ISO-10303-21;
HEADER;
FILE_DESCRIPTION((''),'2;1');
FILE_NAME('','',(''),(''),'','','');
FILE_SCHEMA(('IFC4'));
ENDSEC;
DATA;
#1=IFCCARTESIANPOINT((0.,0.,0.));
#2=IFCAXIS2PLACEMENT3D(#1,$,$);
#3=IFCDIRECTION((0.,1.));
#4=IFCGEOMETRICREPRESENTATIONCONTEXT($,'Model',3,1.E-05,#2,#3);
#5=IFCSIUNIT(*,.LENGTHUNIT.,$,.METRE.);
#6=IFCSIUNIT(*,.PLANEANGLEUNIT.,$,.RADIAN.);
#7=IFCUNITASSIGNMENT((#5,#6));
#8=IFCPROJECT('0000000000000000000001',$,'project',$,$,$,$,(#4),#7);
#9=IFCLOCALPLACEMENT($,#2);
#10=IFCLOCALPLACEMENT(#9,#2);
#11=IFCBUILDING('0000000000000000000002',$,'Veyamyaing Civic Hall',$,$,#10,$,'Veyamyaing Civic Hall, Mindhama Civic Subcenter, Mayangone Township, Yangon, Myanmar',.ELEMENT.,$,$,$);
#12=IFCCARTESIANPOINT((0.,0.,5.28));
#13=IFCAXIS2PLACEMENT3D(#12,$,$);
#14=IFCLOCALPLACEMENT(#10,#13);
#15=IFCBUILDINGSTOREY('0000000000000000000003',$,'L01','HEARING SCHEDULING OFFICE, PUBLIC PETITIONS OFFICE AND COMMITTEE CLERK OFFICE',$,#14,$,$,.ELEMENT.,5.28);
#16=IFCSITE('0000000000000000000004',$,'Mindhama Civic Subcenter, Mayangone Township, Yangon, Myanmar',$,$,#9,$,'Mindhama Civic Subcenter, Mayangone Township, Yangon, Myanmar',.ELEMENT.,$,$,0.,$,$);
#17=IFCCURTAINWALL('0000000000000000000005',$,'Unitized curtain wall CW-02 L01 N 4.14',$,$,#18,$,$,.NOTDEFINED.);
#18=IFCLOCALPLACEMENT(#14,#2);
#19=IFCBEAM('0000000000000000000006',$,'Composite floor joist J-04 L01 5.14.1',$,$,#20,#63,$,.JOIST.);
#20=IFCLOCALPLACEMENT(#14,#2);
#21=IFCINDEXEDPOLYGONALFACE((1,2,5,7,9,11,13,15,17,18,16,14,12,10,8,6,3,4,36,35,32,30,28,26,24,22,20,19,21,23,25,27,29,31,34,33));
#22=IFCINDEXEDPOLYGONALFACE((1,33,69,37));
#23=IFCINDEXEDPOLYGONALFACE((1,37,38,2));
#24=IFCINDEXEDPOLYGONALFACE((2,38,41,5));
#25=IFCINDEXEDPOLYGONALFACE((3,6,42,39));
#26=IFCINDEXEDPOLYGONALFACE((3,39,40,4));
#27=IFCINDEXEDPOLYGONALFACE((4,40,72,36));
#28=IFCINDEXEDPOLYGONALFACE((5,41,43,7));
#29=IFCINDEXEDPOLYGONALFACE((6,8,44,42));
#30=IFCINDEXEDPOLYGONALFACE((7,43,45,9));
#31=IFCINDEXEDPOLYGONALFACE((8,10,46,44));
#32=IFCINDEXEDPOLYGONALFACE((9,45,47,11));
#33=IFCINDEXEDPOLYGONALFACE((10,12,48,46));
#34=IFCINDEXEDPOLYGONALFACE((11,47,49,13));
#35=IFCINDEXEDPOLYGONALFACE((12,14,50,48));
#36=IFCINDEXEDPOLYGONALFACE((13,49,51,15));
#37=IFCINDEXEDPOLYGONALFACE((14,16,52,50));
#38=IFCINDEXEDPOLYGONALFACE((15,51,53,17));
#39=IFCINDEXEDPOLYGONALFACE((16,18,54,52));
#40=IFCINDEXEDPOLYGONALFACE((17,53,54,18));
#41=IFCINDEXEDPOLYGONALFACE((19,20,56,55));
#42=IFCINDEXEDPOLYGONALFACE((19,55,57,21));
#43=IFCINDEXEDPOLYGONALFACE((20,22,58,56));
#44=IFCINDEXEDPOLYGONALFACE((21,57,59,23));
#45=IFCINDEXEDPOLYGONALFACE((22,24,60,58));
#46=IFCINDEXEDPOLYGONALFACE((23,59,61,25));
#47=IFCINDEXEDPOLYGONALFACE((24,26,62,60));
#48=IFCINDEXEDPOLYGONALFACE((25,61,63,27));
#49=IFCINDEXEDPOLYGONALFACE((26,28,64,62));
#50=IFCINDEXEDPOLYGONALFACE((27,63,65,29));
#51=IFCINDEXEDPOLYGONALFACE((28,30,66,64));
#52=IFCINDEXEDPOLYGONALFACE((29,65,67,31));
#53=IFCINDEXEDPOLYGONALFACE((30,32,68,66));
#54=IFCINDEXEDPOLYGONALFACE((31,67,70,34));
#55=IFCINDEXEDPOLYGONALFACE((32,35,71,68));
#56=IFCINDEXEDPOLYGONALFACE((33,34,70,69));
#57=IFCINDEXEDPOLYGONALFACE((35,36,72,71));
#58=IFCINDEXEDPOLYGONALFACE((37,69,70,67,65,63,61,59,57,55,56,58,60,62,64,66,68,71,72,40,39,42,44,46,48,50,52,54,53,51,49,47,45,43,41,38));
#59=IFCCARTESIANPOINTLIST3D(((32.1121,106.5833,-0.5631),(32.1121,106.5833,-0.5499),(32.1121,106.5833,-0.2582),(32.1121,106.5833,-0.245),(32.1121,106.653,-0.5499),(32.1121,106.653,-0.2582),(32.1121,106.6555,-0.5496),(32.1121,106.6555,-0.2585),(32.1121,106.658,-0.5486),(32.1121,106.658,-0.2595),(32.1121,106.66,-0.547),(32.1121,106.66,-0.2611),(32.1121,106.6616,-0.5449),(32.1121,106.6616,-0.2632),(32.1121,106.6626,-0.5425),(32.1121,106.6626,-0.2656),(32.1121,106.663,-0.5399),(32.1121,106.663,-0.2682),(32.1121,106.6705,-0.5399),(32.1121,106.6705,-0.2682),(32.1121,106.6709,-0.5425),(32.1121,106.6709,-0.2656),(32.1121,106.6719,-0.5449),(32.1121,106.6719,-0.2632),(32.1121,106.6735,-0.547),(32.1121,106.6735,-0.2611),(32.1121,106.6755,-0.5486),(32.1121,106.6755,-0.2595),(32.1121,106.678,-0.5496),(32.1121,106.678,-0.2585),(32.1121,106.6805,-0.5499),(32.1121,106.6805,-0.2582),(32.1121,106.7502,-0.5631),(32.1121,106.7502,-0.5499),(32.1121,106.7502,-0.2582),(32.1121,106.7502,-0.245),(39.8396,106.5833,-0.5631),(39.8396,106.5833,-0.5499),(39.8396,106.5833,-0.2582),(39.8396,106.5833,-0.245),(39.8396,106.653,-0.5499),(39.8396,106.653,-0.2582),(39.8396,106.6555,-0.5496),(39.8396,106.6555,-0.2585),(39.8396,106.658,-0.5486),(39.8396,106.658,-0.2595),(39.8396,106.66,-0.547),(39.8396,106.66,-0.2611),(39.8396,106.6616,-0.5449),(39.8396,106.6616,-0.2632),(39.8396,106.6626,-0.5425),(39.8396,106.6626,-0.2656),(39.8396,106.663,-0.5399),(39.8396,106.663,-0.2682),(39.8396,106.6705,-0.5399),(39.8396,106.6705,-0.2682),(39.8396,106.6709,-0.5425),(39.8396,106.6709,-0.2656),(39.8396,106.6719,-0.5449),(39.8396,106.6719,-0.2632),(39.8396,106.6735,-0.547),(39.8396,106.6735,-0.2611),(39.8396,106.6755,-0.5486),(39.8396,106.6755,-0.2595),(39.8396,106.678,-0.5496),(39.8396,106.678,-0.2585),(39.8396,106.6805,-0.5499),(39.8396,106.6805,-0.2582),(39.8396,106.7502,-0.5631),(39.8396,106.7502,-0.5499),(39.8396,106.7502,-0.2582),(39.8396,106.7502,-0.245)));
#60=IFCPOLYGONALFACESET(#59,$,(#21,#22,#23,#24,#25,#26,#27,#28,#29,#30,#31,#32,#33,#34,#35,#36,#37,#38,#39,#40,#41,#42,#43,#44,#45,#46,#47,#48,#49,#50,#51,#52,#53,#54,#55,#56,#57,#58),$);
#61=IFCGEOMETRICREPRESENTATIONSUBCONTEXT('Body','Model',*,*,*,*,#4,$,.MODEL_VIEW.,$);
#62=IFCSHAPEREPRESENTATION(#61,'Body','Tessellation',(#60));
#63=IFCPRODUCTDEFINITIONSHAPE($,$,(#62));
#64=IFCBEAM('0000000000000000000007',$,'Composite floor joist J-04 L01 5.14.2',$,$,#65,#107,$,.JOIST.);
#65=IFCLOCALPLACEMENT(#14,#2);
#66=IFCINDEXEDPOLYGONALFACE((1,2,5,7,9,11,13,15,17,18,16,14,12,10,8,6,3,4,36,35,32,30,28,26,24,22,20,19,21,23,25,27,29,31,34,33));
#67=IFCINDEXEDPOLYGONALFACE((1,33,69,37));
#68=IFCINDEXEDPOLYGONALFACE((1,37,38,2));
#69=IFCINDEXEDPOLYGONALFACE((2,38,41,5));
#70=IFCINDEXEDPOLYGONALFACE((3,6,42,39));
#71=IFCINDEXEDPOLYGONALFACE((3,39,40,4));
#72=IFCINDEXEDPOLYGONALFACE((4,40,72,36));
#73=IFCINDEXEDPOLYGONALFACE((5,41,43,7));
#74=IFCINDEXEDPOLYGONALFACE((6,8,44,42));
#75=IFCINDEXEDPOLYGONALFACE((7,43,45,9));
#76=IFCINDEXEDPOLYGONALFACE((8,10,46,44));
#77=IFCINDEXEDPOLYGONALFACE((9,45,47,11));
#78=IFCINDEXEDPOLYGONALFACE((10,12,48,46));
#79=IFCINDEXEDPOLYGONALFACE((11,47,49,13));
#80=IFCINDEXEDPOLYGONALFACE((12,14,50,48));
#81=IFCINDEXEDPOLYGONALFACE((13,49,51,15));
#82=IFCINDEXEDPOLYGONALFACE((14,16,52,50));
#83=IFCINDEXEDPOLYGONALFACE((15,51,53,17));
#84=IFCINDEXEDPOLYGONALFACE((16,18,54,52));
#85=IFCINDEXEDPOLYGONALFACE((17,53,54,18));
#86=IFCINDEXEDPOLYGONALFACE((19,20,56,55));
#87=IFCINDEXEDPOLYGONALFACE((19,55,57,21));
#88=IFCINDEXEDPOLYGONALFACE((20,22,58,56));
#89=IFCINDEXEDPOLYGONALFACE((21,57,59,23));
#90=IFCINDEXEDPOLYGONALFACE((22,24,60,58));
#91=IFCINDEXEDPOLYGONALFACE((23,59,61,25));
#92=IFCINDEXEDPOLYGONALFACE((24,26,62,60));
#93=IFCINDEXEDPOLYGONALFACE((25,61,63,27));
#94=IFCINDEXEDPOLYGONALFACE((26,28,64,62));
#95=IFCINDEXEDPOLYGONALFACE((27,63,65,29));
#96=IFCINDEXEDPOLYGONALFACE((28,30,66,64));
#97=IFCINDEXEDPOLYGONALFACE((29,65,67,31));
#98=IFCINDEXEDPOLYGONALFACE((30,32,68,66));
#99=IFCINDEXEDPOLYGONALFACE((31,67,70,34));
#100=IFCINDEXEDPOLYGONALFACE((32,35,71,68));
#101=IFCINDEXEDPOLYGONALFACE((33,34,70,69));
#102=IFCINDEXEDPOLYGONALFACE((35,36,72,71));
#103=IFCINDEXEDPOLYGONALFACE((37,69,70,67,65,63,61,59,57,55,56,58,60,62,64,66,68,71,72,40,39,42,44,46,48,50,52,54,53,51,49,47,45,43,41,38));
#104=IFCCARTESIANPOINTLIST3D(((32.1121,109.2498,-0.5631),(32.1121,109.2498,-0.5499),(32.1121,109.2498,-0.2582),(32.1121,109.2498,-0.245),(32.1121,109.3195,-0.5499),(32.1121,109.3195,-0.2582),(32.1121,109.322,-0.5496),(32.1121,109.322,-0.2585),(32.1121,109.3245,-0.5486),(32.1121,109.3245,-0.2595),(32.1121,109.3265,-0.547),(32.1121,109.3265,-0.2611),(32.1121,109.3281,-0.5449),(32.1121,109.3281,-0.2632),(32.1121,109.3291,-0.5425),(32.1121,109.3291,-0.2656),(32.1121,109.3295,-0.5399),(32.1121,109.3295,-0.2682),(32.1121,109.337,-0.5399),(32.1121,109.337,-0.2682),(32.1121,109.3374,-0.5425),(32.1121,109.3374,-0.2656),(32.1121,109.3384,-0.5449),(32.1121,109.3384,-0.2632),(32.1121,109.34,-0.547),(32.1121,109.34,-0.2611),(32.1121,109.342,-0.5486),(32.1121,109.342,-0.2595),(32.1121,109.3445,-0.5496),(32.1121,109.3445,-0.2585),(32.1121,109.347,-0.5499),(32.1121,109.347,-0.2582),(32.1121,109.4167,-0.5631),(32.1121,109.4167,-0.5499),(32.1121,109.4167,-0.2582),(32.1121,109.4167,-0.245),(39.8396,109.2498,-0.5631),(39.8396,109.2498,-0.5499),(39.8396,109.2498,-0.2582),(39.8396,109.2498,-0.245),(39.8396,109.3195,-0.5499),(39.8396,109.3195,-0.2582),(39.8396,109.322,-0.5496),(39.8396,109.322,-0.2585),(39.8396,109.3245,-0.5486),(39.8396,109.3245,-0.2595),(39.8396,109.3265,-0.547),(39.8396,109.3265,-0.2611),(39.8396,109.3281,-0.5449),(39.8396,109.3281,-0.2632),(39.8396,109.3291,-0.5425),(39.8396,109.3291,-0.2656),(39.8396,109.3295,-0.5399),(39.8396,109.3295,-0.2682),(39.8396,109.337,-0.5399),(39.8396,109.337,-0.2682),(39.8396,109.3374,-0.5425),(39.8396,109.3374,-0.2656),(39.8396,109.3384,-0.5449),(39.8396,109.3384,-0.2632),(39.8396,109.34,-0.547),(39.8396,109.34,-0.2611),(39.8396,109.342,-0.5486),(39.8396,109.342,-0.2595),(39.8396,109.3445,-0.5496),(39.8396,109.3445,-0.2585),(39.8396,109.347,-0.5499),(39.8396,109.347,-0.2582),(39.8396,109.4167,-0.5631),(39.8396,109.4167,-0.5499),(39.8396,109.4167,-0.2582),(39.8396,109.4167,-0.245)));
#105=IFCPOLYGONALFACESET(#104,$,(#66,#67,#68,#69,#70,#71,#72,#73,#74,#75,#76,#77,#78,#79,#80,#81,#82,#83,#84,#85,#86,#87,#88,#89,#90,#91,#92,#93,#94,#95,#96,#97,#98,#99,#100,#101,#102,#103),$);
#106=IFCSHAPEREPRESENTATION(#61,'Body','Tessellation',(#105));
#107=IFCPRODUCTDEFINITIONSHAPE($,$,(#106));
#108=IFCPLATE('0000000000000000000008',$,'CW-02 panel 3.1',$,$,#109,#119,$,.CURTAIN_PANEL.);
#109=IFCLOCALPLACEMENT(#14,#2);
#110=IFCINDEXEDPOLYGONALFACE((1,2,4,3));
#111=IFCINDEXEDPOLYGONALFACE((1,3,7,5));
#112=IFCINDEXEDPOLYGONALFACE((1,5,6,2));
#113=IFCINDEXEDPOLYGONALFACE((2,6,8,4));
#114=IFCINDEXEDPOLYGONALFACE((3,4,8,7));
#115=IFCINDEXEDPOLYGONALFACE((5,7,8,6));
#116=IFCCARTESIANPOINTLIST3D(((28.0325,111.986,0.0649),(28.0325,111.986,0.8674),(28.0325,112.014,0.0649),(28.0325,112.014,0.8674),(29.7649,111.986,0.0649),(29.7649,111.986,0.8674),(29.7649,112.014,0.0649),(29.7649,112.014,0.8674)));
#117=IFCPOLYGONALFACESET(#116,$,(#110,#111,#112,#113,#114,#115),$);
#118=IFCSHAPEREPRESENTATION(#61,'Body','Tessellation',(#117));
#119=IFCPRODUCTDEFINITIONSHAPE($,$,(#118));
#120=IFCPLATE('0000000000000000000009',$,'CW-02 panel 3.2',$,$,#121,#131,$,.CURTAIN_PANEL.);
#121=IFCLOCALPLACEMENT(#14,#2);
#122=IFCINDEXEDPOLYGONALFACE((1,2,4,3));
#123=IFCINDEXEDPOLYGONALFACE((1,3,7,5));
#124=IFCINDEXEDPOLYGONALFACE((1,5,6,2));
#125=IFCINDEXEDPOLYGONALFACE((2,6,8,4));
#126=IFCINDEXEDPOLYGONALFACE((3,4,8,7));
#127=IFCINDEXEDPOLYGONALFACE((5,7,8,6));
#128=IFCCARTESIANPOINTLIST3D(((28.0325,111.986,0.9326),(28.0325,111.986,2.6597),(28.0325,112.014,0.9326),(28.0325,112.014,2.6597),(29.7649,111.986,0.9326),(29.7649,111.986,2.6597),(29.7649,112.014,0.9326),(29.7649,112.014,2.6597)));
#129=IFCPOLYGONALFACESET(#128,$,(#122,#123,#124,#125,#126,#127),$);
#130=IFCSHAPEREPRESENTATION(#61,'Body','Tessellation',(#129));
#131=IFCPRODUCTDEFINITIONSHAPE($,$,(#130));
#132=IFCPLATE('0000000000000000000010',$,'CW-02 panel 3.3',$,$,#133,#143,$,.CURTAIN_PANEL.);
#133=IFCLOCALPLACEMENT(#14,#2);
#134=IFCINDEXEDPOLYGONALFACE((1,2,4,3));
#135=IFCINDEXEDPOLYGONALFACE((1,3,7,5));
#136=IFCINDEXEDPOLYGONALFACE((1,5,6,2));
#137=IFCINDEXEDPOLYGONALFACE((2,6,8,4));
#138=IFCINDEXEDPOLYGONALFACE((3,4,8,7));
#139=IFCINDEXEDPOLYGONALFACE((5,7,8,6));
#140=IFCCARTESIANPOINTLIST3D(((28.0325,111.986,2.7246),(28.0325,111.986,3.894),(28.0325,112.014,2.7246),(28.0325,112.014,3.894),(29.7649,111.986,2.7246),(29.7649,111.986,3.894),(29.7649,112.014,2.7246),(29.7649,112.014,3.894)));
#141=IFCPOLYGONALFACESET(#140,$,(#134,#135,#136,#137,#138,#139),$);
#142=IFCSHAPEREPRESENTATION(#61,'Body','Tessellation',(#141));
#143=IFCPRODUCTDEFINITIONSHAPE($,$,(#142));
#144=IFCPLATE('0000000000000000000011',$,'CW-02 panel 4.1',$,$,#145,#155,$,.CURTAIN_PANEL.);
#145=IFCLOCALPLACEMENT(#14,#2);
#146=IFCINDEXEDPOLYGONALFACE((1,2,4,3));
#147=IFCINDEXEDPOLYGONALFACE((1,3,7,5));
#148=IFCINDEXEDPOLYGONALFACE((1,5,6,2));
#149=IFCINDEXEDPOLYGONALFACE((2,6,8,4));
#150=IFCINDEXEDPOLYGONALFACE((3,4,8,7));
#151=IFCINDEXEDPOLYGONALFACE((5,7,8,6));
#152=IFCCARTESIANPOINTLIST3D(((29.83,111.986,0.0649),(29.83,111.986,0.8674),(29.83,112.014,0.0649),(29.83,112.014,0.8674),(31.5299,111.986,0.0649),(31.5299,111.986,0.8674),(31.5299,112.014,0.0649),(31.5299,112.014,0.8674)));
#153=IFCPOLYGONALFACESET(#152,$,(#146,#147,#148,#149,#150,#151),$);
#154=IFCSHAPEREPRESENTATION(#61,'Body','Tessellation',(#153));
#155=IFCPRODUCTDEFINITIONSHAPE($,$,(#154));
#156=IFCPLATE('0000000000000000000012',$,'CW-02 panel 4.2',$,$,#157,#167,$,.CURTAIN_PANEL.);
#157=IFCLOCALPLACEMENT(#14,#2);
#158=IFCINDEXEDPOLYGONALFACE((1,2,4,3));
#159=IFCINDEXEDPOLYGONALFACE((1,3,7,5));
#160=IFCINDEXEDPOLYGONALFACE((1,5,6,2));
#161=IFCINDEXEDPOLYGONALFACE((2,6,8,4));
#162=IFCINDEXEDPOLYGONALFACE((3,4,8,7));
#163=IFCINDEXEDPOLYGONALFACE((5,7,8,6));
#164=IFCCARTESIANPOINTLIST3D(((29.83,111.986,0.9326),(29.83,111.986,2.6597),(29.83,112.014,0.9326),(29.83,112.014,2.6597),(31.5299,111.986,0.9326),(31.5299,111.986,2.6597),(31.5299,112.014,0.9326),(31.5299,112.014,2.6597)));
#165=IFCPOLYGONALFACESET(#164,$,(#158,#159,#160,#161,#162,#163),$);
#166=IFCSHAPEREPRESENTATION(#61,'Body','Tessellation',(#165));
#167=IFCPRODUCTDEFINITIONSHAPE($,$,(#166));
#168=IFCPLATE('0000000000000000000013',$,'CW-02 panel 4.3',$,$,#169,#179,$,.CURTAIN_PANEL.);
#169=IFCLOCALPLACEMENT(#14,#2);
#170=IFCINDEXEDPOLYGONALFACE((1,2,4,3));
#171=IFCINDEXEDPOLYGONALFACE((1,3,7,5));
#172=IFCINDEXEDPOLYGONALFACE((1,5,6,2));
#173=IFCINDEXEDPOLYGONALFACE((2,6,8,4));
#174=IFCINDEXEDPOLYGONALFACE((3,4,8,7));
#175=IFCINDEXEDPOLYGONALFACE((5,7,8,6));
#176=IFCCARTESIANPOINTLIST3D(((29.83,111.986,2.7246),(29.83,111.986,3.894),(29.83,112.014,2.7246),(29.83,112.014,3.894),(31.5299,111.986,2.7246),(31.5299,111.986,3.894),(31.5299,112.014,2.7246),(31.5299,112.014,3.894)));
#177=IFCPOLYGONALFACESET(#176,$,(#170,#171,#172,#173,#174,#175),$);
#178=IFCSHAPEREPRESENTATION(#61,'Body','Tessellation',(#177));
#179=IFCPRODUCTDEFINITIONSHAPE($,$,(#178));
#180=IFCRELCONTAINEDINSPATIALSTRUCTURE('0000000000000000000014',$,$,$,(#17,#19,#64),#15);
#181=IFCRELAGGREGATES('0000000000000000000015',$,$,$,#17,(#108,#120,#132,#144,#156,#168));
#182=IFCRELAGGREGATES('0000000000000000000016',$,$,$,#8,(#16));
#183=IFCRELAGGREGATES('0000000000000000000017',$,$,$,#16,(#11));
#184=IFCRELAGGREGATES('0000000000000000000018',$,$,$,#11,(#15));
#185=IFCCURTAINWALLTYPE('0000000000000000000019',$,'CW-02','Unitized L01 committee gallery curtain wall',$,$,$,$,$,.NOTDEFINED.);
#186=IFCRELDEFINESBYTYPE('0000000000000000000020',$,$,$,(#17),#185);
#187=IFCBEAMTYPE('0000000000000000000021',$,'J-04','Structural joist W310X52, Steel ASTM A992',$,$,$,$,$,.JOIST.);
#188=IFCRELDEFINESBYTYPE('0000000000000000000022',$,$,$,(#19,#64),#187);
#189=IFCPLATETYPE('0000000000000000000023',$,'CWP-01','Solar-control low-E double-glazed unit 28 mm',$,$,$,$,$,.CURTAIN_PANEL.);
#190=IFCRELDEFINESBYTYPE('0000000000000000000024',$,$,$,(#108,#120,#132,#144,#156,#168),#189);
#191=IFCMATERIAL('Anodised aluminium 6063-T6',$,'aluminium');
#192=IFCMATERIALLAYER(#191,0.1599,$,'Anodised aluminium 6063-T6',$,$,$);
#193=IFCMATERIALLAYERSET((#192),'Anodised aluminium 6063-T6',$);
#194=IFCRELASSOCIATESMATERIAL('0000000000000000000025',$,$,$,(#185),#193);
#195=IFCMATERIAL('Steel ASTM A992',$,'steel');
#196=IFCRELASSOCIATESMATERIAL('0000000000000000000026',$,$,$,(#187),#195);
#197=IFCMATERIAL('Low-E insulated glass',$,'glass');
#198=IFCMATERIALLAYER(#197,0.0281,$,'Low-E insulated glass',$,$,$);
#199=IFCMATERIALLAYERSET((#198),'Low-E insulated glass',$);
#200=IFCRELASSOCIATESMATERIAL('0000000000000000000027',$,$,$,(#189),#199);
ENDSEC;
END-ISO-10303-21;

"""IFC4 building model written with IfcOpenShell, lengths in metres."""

from ifc_helpers import new_model, si_unit, direction, frame, origin, origin_2d, place, context, subcontext, project, spatial, rectangle, i_section, extrude, material, layer, layer_set, material_profile, profile_set, type_object, element, aggregate, save


model = new_model("IFC4")

# Units and contexts
model_context = context("Model", 3, precision=1e-05, world=origin(), true_north=direction((0.0, 1.0)))
body_context = subcontext(model_context, "Body", "Model", "MODEL_VIEW")
ifc_project = project(units=[si_unit("LENGTHUNIT", "METRE"), si_unit("PLANEANGLEUNIT", "RADIAN")], contexts=[model_context])

# Site, building, storey
site_placement = place(None, origin())
site = spatial("IfcSite", under=ifc_project, at=site_placement, Name="Mindhama Civic Subcenter, Mayangone Township, Yangon, Myanmar", LongName="Mindhama Civic Subcenter, Mayangone Township, Yangon, Myanmar", CompositionType="ELEMENT", RefElevation=0.0)
building_placement = place(site_placement, origin())
building = spatial("IfcBuilding", under=site, at=building_placement, Name="Veyamyaing Civic Hall", LongName="Veyamyaing Civic Hall, Mindhama Civic Subcenter, Mayangone Township, Yangon, Myanmar", CompositionType="ELEMENT")
storey_placement = place(building_placement, frame((0.0, 0.0, 5.28)))
storey = spatial("IfcBuildingStorey", under=building, at=storey_placement, Name="L01", Description="HEARING SCHEDULING OFFICE, PUBLIC PETITIONS OFFICE AND COMMITTEE CLERK OFFICE", CompositionType="ELEMENT", Elevation=5.28)

# Shared definitions
ifc_material_1 = material(Name="Steel ASTM A992", Category="steel")

# Curtain wall
ifc_material_2 = material(Name="Anodised aluminium 6063-T6", Category="aluminium")
ifc_layer_1 = layer(ifc_material_2, 0.1599, Name="Anodised aluminium 6063-T6")
ifc_layer_set_1 = layer_set([ifc_layer_1], Name="Anodised aluminium 6063-T6")
curtain_wall_type = type_object("IfcCurtainWallType", Name="CW-02", Description="Unitized L01 committee gallery curtain wall", PredefinedType="NOTDEFINED", material=ifc_layer_set_1)
curtain_wall_placement = place(storey_placement, origin())
curtain_wall = element("IfcCurtainWall", 1, at=curtain_wall_placement, inside=storey, type_object=curtain_wall_type, Name="Unitized curtain wall CW-02 L01 N 4.14", PredefinedType="NOTDEFINED")

# Beams
ifc_material_profile_1 = material_profile(ifc_material_1, i_section(OverallWidth=0.167, OverallDepth=0.3181, WebThickness=0.0076, FlangeThickness=0.0132, FilletRadius=0.01, at=origin_2d()), Name="W310X52")
ifc_profile_set_1 = profile_set([ifc_material_profile_1], Name="Steel ASTM A992")
beam_type_1 = type_object("IfcBeamType", Name="J-04", Description="Structural joist W310X52, Steel ASTM A992", PredefinedType="JOIST", material=ifc_profile_set_1)
for number, where, z_axis, x_axis, name in (
    (2, (32.1121, 106.6667, -0.4041), (1.0, 0.0, 0.0), (0.0, 1.0, 0.0), "Composite floor joist J-04 L01 5.14.1"),
    (3, (32.1121, 109.3333, -0.4041), (1.0, 0.0, 0.0), (0.0, 1.0, 0.0), "Composite floor joist J-04 L01 5.14.2"),
):
    element("IfcBeam", number, at=place(storey_placement, frame(where, z_axis=z_axis, x_axis=x_axis)), inside=storey, type_object=beam_type_1, Name=name, PredefinedType="JOIST", context=body_context, shape_type="SweptSolid", body=[
        extrude(i_section(OverallWidth=0.167, OverallDepth=0.3181, WebThickness=0.0076, FlangeThickness=0.0132, FilletRadius=0.01, at=origin_2d()), origin(), (0.0, 0.0, 1.0), 7.7275),
    ])

# Plates
ifc_material_3 = material(Name="Low-E insulated glass", Category="glass")
ifc_layer_2 = layer(ifc_material_3, 0.0281, Name="Low-E insulated glass")
ifc_layer_set_2 = layer_set([ifc_layer_2], Name="Low-E insulated glass")
plate_type = type_object("IfcPlateType", Name="CWP-01", Description="Solar-control low-E double-glazed unit 28 mm", PredefinedType="CURTAIN_PANEL", material=ifc_layer_set_2)
plate_1_placement = place(storey_placement, frame((28.8987, 112.0, 0.0649), z_axis=(0.0, 0.0, 1.0), x_axis=(1.0, 0.0, 0.0)))
plate_1 = element("IfcPlate", 4, at=plate_1_placement, type_object=plate_type, Name="CW-02 panel 3.1", PredefinedType="CURTAIN_PANEL", context=body_context, shape_type="SweptSolid", body=[
    extrude(rectangle(XDim=1.7324, YDim=0.0281, at=origin_2d()), origin(), (0.0, 0.0, 1.0), 0.8025),
])
plate_2_placement = place(storey_placement, frame((28.8987, 112.0, 0.9326), z_axis=(0.0, 0.0, 1.0), x_axis=(1.0, 0.0, 0.0)))
plate_2 = element("IfcPlate", 5, at=plate_2_placement, type_object=plate_type, Name="CW-02 panel 3.2", PredefinedType="CURTAIN_PANEL", context=body_context, shape_type="SweptSolid", body=[
    extrude(rectangle(XDim=1.7324, YDim=0.0281, at=origin_2d()), origin(), (0.0, 0.0, 1.0), 1.7271),
])
plate_3_placement = place(storey_placement, frame((28.8987, 112.0, 2.7246), z_axis=(0.0, 0.0, 1.0), x_axis=(1.0, 0.0, 0.0)))
plate_3 = element("IfcPlate", 6, at=plate_3_placement, type_object=plate_type, Name="CW-02 panel 3.3", PredefinedType="CURTAIN_PANEL", context=body_context, shape_type="SweptSolid", body=[
    extrude(rectangle(XDim=1.7324, YDim=0.0281, at=origin_2d()), origin(), (0.0, 0.0, 1.0), 1.1694),
])
plate_4_placement = place(storey_placement, frame((30.6799, 112.0, 0.0649), z_axis=(0.0, 0.0, 1.0), x_axis=(1.0, 0.0, 0.0)))
plate_4 = element("IfcPlate", 7, at=plate_4_placement, type_object=plate_type, Name="CW-02 panel 4.1", PredefinedType="CURTAIN_PANEL", context=body_context, shape_type="SweptSolid", body=[
    extrude(rectangle(XDim=1.7, YDim=0.0281, at=origin_2d()), origin(), (0.0, 0.0, 1.0), 0.8025),
])
plate_5_placement = place(storey_placement, frame((30.6799, 112.0, 0.9326), z_axis=(0.0, 0.0, 1.0), x_axis=(1.0, 0.0, 0.0)))
plate_5 = element("IfcPlate", 8, at=plate_5_placement, type_object=plate_type, Name="CW-02 panel 4.2", PredefinedType="CURTAIN_PANEL", context=body_context, shape_type="SweptSolid", body=[
    extrude(rectangle(XDim=1.7, YDim=0.0281, at=origin_2d()), origin(), (0.0, 0.0, 1.0), 1.7271),
])
plate_6_placement = place(storey_placement, frame((30.6799, 112.0, 2.7246), z_axis=(0.0, 0.0, 1.0), x_axis=(1.0, 0.0, 0.0)))
plate_6 = element("IfcPlate", 9, at=plate_6_placement, type_object=plate_type, Name="CW-02 panel 4.3", PredefinedType="CURTAIN_PANEL", context=body_context, shape_type="SweptSolid", body=[
    extrude(rectangle(XDim=1.7, YDim=0.0281, at=origin_2d()), origin(), (0.0, 0.0, 1.0), 1.1694),
])
aggregate(curtain_wall, [plate_1, plate_2, plate_3, plate_4, plate_5, plate_6])

save(model, "model.ifc")
